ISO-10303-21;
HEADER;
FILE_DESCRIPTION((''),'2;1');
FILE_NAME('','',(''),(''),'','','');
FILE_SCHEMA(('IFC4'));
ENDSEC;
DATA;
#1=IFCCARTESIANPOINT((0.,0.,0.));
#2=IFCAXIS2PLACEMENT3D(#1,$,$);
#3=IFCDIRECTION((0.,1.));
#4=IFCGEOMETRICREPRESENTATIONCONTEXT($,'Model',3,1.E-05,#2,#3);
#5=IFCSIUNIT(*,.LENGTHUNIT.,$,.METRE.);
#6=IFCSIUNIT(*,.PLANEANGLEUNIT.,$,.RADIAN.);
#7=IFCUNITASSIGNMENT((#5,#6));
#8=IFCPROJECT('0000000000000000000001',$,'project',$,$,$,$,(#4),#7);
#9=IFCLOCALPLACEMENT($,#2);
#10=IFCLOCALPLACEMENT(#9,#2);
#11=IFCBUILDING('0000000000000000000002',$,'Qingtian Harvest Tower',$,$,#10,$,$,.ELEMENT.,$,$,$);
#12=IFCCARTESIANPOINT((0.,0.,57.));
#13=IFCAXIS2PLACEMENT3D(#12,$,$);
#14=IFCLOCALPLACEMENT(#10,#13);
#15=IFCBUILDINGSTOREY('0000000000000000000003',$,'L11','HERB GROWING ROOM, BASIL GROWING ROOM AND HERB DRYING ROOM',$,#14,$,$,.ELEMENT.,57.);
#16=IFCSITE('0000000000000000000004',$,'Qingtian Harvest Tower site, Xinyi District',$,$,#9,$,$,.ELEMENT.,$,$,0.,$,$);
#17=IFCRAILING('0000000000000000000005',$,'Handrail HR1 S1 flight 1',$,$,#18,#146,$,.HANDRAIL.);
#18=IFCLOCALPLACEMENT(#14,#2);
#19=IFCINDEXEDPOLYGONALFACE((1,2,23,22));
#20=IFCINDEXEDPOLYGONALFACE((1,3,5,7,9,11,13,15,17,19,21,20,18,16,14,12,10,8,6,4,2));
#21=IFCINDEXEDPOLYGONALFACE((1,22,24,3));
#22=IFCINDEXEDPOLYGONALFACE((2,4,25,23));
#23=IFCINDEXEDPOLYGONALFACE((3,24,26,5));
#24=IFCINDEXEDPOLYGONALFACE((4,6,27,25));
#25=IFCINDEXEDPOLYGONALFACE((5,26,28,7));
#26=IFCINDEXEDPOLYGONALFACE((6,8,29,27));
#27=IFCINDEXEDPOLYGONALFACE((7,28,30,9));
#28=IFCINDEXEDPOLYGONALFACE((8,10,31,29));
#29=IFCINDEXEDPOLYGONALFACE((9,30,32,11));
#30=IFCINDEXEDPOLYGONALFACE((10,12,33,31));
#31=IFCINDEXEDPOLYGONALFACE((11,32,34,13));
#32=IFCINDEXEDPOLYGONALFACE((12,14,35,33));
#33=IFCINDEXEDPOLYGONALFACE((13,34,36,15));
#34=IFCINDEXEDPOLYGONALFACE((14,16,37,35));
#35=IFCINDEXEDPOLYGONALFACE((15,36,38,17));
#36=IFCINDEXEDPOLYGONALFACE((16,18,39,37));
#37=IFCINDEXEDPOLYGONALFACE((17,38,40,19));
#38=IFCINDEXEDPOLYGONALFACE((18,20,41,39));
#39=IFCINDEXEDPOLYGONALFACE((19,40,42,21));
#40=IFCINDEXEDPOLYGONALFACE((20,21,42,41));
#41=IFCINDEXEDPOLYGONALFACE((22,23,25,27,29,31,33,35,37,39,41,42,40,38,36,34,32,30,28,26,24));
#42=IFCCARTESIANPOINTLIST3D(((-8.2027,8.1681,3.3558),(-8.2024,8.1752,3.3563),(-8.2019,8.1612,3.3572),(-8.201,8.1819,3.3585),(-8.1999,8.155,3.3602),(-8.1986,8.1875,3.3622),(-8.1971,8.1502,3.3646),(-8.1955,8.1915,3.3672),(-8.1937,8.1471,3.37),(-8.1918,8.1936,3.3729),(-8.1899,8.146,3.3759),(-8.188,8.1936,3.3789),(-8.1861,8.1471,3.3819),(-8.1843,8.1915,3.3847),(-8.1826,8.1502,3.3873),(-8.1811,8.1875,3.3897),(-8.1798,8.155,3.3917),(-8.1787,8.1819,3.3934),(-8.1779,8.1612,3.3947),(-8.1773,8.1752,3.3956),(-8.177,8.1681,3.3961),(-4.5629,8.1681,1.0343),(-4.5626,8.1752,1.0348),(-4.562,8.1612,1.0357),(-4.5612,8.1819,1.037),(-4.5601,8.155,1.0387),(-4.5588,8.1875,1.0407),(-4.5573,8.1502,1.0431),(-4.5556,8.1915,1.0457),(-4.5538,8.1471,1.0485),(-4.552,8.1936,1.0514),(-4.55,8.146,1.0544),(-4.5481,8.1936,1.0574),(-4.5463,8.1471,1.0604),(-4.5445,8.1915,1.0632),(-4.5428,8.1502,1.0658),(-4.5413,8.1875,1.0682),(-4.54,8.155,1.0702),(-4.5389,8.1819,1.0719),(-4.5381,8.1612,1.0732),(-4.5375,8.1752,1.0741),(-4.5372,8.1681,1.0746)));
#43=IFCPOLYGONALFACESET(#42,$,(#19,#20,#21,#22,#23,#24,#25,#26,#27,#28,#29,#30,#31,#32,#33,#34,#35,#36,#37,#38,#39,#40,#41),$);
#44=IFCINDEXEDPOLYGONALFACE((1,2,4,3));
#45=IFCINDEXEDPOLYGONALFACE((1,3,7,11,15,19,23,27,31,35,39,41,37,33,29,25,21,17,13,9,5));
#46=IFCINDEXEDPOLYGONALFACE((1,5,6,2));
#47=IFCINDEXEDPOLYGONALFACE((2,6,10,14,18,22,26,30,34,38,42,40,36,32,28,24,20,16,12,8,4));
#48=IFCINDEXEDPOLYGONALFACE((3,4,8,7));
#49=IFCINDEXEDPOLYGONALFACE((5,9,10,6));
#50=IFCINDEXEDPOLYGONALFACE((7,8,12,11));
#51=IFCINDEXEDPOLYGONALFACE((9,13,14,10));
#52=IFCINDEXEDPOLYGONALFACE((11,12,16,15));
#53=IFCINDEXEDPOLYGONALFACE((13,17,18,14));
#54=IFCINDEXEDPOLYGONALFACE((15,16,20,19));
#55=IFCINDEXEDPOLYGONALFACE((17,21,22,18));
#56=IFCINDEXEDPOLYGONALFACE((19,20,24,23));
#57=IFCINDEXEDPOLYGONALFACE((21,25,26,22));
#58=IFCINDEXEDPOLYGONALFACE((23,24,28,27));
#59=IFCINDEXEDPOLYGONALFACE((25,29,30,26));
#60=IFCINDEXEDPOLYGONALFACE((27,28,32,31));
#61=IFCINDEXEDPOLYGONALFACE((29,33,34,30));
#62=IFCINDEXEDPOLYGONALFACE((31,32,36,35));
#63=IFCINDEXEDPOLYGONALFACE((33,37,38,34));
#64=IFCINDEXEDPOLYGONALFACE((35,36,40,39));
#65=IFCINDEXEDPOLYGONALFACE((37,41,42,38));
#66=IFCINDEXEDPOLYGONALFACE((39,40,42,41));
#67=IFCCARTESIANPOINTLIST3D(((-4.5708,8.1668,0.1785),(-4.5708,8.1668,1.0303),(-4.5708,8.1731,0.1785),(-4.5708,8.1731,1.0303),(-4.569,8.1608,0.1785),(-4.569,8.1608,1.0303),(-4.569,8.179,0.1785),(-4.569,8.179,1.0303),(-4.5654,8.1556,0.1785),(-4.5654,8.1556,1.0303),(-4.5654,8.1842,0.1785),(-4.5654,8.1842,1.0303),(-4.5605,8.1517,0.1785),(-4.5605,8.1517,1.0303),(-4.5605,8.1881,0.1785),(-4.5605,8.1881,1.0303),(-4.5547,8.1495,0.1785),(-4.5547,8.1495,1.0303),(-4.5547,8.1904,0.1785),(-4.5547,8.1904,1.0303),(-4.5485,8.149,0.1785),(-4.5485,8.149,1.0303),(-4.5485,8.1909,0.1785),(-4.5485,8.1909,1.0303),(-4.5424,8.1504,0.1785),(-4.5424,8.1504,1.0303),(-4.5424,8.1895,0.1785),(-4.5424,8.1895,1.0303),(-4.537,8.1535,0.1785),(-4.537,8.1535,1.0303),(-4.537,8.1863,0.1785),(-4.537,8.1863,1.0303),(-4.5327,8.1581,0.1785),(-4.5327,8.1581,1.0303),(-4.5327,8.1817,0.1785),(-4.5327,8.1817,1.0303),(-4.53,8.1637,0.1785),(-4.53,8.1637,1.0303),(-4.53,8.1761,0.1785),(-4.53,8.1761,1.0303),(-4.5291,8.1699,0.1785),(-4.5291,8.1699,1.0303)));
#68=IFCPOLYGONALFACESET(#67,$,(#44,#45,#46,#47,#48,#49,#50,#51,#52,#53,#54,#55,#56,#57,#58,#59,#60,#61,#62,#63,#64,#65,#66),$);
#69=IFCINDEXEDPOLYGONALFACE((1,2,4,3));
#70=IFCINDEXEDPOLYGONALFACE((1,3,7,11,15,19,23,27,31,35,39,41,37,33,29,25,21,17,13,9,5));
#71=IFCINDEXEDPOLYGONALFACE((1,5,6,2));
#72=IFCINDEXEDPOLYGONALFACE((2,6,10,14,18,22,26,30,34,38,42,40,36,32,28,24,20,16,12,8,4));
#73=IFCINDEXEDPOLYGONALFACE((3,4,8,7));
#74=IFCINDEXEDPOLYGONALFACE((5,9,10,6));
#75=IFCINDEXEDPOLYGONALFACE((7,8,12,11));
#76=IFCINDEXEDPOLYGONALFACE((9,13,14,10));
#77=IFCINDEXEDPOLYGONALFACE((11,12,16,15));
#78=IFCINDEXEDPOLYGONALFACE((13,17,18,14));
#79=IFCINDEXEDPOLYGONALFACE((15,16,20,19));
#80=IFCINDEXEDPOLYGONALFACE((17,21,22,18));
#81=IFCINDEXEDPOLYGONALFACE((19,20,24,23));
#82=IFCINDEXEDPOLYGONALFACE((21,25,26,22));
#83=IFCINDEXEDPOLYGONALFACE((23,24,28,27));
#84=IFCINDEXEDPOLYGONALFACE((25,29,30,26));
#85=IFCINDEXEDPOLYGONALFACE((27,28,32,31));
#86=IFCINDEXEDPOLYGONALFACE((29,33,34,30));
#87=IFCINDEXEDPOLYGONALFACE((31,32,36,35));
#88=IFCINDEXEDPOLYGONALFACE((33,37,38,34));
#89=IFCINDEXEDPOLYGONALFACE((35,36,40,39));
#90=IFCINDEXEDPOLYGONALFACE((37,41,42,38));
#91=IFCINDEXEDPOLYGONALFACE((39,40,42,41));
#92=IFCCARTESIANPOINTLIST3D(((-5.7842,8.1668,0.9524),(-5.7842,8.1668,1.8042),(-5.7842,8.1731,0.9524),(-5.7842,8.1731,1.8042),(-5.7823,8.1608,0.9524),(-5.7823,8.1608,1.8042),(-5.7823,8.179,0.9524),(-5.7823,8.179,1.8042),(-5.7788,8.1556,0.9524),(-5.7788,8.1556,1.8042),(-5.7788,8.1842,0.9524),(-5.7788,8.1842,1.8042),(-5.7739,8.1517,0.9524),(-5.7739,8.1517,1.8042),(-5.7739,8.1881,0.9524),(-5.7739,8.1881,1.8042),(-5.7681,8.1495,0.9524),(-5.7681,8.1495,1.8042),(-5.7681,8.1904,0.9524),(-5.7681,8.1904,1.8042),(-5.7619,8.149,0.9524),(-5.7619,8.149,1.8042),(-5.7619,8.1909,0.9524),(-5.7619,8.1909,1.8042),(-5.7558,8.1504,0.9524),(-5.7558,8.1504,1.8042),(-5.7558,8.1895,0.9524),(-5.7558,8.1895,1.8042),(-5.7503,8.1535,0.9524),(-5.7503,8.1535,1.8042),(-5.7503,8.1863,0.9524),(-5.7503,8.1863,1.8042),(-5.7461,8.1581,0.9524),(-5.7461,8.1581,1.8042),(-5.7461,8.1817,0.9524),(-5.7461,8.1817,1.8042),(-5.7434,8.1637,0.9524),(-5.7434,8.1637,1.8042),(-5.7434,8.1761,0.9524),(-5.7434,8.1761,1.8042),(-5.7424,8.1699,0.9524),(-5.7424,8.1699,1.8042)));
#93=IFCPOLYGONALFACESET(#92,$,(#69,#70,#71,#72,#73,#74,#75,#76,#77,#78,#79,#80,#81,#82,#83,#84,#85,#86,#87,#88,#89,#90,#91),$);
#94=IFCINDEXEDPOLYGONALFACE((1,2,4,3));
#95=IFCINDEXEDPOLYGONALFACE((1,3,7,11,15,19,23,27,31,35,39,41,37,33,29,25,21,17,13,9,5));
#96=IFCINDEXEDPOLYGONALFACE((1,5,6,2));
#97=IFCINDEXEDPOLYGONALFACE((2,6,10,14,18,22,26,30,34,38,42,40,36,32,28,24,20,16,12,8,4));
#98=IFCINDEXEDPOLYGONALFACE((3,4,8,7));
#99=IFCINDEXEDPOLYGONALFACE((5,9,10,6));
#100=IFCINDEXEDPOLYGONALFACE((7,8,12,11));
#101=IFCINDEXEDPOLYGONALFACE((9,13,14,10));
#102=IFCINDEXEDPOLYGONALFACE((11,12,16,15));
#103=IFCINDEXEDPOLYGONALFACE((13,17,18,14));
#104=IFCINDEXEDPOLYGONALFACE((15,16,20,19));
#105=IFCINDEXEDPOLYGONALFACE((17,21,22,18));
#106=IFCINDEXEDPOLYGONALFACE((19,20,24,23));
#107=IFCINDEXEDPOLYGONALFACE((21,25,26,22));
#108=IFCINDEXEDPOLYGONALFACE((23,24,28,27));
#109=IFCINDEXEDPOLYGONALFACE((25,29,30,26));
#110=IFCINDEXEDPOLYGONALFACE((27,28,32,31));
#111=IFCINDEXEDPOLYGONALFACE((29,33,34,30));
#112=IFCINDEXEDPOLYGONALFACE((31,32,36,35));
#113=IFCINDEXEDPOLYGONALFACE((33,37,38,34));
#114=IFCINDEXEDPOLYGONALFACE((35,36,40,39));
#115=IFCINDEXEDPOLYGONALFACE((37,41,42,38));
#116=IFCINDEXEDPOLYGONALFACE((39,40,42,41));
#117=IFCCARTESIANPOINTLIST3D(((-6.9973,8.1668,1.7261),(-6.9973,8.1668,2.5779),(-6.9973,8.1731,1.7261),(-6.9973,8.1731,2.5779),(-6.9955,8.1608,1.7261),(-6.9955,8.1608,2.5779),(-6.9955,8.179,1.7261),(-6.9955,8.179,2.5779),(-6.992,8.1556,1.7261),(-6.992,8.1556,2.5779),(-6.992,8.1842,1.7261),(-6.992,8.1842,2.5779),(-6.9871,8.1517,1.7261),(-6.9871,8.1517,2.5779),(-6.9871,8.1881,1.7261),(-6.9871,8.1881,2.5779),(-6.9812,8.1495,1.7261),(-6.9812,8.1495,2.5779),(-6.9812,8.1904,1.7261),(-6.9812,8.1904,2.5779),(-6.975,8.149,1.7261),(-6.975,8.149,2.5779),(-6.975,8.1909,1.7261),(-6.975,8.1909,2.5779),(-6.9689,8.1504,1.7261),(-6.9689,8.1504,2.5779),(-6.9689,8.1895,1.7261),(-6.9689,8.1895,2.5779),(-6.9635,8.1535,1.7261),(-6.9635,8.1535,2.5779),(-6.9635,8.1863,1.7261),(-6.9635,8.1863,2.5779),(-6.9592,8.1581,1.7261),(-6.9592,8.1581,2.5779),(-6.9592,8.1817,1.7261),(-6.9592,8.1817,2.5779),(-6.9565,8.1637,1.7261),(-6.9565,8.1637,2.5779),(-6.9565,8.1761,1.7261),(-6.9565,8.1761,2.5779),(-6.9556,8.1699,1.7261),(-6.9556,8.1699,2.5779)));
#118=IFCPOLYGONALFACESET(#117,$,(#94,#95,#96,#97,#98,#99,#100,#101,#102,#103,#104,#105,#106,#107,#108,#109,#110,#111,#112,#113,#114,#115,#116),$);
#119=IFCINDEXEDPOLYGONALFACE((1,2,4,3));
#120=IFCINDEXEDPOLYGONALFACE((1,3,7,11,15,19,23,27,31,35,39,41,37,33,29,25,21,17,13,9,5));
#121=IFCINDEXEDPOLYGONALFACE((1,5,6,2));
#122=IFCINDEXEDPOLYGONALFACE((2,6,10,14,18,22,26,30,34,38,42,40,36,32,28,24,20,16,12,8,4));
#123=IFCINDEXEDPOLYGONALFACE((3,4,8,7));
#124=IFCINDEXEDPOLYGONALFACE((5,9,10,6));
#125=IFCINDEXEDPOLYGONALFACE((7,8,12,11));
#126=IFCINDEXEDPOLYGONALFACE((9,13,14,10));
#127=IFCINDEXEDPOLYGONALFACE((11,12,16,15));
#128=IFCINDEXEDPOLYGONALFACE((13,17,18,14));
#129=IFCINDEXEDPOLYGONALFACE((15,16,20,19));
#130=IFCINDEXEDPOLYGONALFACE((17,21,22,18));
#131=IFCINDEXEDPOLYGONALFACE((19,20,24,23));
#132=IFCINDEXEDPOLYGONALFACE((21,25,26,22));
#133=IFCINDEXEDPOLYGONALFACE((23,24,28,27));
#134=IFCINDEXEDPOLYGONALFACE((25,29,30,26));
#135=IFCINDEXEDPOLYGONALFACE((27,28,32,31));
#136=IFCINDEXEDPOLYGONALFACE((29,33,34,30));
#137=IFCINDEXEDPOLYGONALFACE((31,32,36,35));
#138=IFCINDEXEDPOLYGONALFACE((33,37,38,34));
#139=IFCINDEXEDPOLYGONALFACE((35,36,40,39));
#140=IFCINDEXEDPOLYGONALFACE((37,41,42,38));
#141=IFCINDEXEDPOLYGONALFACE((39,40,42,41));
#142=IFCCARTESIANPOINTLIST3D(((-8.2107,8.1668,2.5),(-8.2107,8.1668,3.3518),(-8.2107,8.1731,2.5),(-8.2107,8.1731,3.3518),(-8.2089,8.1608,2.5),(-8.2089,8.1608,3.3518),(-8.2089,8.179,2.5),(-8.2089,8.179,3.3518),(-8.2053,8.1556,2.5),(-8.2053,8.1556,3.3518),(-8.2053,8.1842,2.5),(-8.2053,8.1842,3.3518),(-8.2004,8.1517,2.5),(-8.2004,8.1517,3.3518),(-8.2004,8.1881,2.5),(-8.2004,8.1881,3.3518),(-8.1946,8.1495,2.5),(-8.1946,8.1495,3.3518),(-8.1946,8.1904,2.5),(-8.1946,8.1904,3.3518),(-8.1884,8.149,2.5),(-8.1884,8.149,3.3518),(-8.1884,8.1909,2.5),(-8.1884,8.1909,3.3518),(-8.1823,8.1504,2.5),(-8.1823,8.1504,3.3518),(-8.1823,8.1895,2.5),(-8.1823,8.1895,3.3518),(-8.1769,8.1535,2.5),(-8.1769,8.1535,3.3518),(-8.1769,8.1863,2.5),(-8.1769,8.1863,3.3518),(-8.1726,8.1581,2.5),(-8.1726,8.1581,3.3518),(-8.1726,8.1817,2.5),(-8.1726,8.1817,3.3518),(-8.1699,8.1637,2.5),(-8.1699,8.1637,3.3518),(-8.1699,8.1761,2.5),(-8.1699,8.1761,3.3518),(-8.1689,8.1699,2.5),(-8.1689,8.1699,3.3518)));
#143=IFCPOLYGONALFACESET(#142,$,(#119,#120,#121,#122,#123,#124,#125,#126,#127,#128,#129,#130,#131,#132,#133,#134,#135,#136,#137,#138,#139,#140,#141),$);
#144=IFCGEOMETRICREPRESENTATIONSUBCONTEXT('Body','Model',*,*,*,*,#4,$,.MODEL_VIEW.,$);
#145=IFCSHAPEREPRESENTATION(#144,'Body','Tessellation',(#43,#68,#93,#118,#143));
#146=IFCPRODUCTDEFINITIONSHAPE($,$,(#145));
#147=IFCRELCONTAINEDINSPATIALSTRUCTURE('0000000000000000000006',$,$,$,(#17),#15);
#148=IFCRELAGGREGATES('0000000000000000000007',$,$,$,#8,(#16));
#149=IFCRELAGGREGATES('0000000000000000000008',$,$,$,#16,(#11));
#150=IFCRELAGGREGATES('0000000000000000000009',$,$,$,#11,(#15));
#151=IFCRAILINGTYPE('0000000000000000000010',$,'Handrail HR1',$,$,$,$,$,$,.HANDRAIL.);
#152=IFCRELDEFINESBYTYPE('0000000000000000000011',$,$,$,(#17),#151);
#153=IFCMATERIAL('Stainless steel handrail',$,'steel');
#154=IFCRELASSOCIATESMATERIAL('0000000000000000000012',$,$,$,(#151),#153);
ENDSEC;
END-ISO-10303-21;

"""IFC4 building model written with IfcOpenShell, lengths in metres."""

from ifc_helpers import new_model, si_unit, direction, frame, origin, origin_2d, place, context, subcontext, project, spatial, circle, extrude, material, type_object, element, save


model = new_model("IFC4")

# Units and contexts
model_context = context("Model", 3, precision=1e-05, world=origin(), true_north=direction((0.0, 1.0)))
body_context = subcontext(model_context, "Body", "Model", "MODEL_VIEW")
ifc_project = project(units=[si_unit("LENGTHUNIT", "METRE"), si_unit("PLANEANGLEUNIT", "RADIAN")], contexts=[model_context])

# Site, building, storey
site_placement = place(None, origin())
site = spatial("IfcSite", under=ifc_project, at=site_placement, Name="Qingtian Harvest Tower site, Xinyi District", CompositionType="ELEMENT", RefElevation=0.0)
building_placement = place(site_placement, origin())
building = spatial("IfcBuilding", under=site, at=building_placement, Name="Qingtian Harvest Tower", CompositionType="ELEMENT")
storey_placement = place(building_placement, frame((0.0, 0.0, 57.0)))
storey = spatial("IfcBuildingStorey", under=building, at=storey_placement, Name="L11", Description="HERB GROWING ROOM, BASIL GROWING ROOM AND HERB DRYING ROOM", CompositionType="ELEMENT", Elevation=57.0)

# Railing
ifc_material_1 = material(Name="Stainless steel handrail", Category="steel")
railing_type = type_object("IfcRailingType", Name="Handrail HR1", PredefinedType="HANDRAIL", material=ifc_material_1)
railing_placement = place(storey_placement, frame((-4.55, 8.1699, 0.1785)))
element("IfcRailing", 1, at=railing_placement, inside=storey, type_object=railing_type, Name="Handrail HR1 S1 flight 1", PredefinedType="HANDRAIL", context=body_context, shape_type="SweptSolid", body=[
    extrude(circle(Radius=0.0239, at=origin_2d()), frame((0.0, 0.0, 0.876), z_axis=(-0.843112, 0.0, 0.537739), x_axis=(0.0, -1.0, 0.0)), (0.0, 0.0, 1.0), 4.3171),
    extrude(circle(Radius=0.021, at=origin_2d()), origin(), (0.0, 0.0, 1.0), 0.8518),
    extrude(circle(Radius=0.021, at=origin_2d()), frame((-1.2134, 0.0, 0.7739)), (0.0, 0.0, 1.0), 0.8518),
    extrude(circle(Radius=0.021, at=origin_2d()), frame((-2.4265, 0.0, 1.5476)), (0.0, 0.0, 1.0), 0.8518),
    extrude(circle(Radius=0.021, at=origin_2d()), frame((-3.6399, 0.0, 2.3215)), (0.0, 0.0, 1.0), 0.8518),
])

save(model, "model.ifc")
